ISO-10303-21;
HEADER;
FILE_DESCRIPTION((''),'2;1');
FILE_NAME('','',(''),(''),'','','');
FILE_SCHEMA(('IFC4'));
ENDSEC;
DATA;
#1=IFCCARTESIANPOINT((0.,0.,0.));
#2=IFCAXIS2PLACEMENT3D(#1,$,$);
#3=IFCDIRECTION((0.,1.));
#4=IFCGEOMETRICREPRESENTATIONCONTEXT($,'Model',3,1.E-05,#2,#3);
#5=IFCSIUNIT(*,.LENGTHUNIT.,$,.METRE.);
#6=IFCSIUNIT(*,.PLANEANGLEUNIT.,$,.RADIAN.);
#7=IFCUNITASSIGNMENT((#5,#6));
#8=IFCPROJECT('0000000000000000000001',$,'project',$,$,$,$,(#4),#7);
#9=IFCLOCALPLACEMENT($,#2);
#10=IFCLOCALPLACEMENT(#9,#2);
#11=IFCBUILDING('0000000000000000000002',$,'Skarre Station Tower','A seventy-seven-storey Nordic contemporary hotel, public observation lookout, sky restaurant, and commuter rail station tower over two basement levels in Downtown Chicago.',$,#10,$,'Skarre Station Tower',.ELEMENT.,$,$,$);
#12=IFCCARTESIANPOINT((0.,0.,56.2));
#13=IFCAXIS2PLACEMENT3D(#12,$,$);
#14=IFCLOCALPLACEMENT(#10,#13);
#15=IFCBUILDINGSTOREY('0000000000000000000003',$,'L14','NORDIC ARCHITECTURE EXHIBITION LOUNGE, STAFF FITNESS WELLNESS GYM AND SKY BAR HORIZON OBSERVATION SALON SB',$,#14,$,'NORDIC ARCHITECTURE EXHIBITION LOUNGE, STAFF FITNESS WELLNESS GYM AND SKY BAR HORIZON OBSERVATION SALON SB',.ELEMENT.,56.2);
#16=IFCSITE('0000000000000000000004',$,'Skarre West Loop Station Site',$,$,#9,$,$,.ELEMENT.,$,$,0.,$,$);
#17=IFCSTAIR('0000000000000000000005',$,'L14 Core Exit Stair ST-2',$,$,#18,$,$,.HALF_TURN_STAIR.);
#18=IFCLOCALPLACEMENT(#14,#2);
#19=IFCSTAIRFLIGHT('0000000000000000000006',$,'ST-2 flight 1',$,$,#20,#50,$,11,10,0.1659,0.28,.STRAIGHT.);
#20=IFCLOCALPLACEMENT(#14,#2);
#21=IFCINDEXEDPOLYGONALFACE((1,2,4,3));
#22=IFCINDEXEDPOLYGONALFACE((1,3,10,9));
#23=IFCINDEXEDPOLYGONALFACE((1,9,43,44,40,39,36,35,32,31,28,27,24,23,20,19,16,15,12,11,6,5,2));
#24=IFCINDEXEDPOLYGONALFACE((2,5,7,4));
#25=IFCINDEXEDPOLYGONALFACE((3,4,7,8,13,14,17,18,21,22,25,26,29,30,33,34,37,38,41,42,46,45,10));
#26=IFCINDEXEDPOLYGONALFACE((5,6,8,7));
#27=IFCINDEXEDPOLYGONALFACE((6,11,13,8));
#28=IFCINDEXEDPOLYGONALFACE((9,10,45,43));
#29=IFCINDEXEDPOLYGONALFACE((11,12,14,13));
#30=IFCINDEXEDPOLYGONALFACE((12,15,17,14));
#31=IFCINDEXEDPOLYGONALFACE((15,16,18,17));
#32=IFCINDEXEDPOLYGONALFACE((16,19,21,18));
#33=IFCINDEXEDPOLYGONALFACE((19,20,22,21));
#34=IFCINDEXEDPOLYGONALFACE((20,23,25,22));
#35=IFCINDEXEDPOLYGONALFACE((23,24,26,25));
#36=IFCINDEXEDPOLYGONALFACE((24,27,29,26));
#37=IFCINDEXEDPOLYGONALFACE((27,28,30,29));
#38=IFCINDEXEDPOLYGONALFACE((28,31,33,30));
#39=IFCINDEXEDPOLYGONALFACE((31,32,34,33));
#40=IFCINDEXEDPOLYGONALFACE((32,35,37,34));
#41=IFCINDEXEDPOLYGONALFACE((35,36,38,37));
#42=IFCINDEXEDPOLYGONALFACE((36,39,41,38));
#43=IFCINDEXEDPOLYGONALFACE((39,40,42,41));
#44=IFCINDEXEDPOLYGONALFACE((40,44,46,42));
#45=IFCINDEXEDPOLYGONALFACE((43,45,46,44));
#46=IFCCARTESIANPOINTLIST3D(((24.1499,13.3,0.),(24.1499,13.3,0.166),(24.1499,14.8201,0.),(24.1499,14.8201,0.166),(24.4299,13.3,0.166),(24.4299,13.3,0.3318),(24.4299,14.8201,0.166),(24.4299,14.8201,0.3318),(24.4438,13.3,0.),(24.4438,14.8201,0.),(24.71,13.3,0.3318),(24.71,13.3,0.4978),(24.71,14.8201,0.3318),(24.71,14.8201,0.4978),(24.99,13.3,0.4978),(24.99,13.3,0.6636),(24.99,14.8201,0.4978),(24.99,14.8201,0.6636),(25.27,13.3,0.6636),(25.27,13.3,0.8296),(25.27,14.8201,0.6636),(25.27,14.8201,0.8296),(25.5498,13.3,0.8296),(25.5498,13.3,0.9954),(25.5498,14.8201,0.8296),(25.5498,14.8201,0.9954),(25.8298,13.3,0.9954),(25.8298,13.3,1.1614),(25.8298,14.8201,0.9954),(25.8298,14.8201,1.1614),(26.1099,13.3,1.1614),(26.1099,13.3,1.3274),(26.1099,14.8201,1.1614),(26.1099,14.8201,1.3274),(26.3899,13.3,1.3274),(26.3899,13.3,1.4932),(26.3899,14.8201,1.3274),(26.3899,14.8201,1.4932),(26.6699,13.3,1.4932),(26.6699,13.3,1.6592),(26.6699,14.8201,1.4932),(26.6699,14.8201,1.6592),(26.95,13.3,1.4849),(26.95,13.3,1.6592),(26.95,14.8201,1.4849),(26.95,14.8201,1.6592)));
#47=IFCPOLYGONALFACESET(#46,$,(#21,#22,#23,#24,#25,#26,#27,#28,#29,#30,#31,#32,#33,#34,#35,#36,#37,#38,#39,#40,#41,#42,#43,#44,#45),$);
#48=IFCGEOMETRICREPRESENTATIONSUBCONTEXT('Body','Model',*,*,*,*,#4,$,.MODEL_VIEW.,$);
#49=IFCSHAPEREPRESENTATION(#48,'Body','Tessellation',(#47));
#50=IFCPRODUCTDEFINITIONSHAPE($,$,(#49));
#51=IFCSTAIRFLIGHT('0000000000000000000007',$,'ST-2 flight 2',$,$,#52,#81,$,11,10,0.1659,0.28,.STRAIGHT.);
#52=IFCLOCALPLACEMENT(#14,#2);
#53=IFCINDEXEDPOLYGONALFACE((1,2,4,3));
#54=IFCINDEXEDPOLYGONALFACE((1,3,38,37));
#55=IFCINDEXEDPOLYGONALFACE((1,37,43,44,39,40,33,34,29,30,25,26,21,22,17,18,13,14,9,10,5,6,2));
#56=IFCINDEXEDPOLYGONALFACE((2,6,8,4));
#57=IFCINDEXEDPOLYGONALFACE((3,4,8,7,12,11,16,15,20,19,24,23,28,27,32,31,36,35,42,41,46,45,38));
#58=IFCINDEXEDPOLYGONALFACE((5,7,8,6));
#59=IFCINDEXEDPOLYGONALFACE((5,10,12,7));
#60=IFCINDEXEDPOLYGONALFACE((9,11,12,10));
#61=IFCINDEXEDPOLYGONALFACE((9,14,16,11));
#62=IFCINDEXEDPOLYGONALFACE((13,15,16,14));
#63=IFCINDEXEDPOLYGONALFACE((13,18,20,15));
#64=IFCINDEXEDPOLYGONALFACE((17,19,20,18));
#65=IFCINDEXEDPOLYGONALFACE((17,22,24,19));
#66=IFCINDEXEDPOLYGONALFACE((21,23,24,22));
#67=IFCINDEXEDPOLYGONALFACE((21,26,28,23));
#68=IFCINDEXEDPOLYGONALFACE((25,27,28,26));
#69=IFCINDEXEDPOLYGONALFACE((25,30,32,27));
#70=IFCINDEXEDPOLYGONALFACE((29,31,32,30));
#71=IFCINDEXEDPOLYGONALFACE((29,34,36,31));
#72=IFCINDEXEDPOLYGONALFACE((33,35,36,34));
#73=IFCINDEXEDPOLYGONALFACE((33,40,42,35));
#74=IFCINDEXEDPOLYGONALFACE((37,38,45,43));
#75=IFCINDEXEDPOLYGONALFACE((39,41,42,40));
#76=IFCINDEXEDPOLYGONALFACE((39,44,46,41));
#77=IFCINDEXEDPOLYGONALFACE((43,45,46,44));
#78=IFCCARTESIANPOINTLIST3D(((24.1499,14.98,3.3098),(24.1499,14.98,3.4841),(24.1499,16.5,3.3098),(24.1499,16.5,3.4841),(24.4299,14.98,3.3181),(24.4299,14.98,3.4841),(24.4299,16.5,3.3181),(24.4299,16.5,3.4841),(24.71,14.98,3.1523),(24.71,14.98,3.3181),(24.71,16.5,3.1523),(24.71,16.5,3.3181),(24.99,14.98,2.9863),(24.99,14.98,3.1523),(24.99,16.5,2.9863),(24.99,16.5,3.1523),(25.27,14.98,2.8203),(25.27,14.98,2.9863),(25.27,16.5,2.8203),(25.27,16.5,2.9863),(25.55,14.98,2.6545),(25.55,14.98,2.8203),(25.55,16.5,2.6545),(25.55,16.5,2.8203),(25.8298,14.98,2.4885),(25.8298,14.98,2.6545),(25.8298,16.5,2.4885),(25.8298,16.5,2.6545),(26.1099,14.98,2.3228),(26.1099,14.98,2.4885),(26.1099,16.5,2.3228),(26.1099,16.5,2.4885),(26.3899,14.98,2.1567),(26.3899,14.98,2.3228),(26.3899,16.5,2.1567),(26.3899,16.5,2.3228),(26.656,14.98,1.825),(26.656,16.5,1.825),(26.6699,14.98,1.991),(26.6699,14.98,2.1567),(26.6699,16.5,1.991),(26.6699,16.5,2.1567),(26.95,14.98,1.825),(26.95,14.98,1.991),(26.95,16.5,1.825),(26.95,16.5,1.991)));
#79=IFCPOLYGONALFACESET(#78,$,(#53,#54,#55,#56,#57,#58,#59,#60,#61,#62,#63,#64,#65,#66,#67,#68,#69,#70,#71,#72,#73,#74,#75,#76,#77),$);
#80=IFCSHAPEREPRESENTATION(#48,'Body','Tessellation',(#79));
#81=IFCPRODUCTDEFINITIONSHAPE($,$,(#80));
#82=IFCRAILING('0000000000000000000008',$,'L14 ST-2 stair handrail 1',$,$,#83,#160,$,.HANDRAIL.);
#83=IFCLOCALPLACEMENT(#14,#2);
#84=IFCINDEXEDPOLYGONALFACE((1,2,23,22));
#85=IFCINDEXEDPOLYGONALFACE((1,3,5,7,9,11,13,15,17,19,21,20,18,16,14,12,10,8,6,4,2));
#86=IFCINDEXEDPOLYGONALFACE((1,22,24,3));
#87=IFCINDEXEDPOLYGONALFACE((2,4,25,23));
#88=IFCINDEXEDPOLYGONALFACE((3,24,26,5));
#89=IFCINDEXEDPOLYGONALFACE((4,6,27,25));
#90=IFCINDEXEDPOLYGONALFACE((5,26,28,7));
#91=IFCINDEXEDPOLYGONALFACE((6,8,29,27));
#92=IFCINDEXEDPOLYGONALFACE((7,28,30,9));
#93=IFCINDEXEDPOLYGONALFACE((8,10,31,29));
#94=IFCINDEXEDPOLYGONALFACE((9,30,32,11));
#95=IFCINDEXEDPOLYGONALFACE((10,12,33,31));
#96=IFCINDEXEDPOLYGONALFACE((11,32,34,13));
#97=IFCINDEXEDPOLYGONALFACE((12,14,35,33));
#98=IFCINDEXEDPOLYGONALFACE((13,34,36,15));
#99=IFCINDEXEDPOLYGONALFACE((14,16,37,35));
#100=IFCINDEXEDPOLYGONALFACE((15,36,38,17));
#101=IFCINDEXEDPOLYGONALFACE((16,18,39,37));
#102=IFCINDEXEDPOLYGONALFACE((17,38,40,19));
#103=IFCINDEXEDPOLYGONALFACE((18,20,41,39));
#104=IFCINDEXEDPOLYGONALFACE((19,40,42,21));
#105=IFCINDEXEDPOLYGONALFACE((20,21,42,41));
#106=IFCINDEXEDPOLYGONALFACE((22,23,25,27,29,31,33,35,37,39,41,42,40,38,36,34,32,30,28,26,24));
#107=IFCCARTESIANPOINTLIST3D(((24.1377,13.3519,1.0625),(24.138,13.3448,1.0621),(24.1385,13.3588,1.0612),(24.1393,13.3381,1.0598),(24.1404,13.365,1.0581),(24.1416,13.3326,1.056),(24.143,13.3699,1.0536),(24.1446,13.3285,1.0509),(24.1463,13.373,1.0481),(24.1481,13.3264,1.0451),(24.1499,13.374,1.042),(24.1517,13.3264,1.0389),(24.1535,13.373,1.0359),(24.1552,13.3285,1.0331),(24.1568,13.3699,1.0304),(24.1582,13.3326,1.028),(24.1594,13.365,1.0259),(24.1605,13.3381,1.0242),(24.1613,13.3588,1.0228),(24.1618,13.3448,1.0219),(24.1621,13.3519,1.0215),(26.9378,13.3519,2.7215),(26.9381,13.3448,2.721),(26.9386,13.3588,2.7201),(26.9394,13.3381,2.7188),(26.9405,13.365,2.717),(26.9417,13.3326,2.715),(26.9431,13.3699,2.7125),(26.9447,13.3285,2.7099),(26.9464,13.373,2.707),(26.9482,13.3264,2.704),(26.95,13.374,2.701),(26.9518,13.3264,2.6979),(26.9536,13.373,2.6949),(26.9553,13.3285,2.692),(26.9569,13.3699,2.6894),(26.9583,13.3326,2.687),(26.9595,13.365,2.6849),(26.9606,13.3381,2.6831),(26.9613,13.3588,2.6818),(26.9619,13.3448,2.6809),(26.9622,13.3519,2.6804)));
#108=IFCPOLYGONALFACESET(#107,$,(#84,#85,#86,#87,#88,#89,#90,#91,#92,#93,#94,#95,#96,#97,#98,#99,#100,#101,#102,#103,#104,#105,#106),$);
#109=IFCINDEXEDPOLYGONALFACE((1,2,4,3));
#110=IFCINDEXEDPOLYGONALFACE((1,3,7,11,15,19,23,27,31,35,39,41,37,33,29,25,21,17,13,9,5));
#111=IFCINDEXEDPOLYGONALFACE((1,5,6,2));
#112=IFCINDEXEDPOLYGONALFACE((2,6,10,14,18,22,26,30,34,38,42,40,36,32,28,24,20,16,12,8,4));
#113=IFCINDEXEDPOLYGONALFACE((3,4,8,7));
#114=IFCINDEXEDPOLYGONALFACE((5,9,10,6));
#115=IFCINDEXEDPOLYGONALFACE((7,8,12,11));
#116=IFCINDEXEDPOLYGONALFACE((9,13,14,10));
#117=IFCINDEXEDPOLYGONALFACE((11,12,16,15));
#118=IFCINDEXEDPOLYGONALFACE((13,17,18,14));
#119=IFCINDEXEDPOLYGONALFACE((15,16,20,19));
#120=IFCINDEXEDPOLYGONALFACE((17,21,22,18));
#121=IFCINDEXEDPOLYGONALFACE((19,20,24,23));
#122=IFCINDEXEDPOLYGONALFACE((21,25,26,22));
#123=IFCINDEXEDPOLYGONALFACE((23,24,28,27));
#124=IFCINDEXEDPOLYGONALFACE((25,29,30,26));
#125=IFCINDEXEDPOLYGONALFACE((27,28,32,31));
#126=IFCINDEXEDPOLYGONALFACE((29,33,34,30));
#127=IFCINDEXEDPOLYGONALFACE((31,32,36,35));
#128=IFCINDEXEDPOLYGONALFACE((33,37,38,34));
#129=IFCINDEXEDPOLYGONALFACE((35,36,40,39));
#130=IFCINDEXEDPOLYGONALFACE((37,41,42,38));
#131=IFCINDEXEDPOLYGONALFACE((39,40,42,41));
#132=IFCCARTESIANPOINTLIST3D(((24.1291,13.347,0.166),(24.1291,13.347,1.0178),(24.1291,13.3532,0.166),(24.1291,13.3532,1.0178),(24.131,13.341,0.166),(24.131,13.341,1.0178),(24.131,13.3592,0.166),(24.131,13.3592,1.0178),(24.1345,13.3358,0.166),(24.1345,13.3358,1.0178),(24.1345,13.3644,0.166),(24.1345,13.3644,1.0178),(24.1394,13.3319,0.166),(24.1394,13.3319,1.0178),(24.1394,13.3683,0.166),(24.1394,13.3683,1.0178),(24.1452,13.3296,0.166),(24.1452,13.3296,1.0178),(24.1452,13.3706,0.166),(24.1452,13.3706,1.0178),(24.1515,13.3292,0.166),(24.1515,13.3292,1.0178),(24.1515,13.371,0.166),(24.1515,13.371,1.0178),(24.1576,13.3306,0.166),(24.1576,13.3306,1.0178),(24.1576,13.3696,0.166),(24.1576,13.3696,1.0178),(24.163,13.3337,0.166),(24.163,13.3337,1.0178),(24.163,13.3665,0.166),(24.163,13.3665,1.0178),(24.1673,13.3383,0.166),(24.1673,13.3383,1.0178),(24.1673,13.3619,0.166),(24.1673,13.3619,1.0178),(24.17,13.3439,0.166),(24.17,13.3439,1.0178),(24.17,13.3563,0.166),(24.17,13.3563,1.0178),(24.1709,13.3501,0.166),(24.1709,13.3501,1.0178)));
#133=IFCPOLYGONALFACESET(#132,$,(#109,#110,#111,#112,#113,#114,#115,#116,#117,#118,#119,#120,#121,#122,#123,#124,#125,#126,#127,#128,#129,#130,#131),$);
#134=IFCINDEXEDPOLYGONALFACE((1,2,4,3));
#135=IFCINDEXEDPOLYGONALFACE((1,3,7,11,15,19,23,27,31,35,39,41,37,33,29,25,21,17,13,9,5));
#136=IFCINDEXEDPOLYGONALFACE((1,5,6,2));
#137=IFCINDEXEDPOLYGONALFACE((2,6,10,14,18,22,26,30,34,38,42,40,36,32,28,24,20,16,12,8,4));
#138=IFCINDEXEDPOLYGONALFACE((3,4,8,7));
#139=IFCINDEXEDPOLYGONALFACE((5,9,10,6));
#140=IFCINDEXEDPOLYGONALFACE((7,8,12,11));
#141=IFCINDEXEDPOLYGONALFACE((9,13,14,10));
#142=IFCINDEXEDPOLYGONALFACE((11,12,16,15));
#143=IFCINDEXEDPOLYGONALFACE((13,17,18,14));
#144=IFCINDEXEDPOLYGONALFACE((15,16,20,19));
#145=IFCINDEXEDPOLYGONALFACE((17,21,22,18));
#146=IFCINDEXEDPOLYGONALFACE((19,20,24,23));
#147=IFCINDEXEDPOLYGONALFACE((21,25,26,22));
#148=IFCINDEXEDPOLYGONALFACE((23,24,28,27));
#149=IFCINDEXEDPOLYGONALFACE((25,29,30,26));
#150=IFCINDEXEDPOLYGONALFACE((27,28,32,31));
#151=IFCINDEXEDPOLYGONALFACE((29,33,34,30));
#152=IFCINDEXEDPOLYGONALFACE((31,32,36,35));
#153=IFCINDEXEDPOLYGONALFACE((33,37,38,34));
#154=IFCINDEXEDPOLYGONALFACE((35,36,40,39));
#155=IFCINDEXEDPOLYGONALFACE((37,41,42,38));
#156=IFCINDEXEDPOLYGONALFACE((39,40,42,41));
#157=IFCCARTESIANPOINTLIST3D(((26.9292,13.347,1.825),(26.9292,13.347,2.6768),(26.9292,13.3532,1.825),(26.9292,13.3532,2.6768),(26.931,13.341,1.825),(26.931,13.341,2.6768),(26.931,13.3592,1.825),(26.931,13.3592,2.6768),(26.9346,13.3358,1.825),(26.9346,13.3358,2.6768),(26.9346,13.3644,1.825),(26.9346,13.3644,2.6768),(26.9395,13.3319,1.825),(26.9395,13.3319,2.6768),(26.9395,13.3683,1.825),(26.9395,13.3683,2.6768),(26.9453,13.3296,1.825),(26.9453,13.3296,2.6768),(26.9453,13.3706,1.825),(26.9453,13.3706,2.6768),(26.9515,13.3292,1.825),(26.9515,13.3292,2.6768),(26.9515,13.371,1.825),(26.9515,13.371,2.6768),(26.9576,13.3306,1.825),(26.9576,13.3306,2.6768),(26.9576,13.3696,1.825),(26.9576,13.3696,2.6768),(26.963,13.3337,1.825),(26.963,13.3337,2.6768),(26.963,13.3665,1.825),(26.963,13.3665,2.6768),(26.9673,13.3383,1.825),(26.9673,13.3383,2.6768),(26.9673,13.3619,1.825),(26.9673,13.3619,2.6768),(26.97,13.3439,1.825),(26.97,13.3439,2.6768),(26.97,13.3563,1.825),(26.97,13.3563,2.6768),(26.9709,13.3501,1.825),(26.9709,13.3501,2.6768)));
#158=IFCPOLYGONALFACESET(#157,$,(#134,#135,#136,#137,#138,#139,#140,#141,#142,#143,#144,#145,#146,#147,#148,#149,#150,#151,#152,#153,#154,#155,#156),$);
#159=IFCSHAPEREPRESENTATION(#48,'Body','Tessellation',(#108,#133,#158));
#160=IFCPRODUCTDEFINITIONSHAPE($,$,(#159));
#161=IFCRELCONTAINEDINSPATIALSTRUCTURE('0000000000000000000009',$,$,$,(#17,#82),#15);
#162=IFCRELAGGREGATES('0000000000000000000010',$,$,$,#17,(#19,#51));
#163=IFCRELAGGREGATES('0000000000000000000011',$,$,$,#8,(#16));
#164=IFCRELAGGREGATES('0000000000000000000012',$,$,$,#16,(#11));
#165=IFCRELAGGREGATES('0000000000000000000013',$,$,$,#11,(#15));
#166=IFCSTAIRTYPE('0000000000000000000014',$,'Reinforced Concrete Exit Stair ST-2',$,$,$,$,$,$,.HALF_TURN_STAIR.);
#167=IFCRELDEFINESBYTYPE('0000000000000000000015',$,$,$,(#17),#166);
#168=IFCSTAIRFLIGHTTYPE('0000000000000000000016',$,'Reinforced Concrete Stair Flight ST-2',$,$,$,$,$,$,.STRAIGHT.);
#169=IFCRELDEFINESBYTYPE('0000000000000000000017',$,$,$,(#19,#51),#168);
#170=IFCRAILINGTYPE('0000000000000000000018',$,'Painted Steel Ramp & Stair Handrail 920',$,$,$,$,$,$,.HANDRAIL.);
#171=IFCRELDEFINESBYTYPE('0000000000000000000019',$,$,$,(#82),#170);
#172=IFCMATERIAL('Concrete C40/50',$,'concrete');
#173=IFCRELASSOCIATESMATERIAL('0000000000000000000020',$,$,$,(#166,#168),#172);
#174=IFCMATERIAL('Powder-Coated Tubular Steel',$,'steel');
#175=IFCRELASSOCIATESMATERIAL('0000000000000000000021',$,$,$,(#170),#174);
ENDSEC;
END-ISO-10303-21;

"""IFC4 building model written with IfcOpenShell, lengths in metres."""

from ifc_helpers import new_model, si_unit, direction, frame, origin, origin_2d, place, context, subcontext, project, spatial, polyline, circle, outline, extrude, material, type_object, element, aggregate, save


model = new_model("IFC4")

# Units and contexts
model_context = context("Model", 3, precision=1e-05, world=origin(), true_north=direction((0.0, 1.0)))
body_context = subcontext(model_context, "Body", "Model", "MODEL_VIEW")
ifc_project = project(units=[si_unit("LENGTHUNIT", "METRE"), si_unit("PLANEANGLEUNIT", "RADIAN")], contexts=[model_context])

# Site, building, storey
site_placement = place(None, origin())
site = spatial("IfcSite", under=ifc_project, at=site_placement, Name="Skarre West Loop Station Site", CompositionType="ELEMENT", RefElevation=0.0)
building_placement = place(site_placement, origin())
building = spatial("IfcBuilding", under=site, at=building_placement, Name="Skarre Station Tower", Description="A seventy-seven-storey Nordic contemporary hotel, public observation lookout, sky restaurant, and commuter rail station tower over two basement levels in Downtown Chicago.", LongName="Skarre Station Tower", CompositionType="ELEMENT")
storey_placement = place(building_placement, frame((0.0, 0.0, 56.2)))
storey = spatial("IfcBuildingStorey", under=building, at=storey_placement, Name="L14", Description="NORDIC ARCHITECTURE EXHIBITION LOUNGE, STAFF FITNESS WELLNESS GYM AND SKY BAR HORIZON OBSERVATION SALON SB", LongName="NORDIC ARCHITECTURE EXHIBITION LOUNGE, STAFF FITNESS WELLNESS GYM AND SKY BAR HORIZON OBSERVATION SALON SB", CompositionType="ELEMENT", Elevation=56.2)

# Stair, stair flights
ifc_material_1 = material(Name="Concrete C40/50", Category="concrete")
stair_type = type_object("IfcStairType", Name="Reinforced Concrete Exit Stair ST-2", PredefinedType="HALF_TURN_STAIR", material=ifc_material_1)
stair_placement = place(storey_placement, origin())
stair = element("IfcStair", 1, at=stair_placement, inside=storey, type_object=stair_type, Name="L14 Core Exit Stair ST-2", PredefinedType="HALF_TURN_STAIR")
stair_flight_type = type_object("IfcStairFlightType", Name="Reinforced Concrete Stair Flight ST-2", PredefinedType="STRAIGHT", material=ifc_material_1)
stair_flight_1_placement = place(storey_placement, frame((24.1499, 14.0601, 0.0), z_axis=(0.0, 0.0, 1.0), x_axis=(1.0, 0.0, 0.0)))
stair_flight_1 = element("IfcStairFlight", 2, at=stair_flight_1_placement, type_object=stair_flight_type, Name="ST-2 flight 1", NumberOfRisers=11, NumberOfTreads=10, PredefinedType="STRAIGHT", RiserHeight=0.1659, TreadLength=0.28, context=body_context, shape_type="SweptSolid", body=[
    extrude(outline(polyline([(0.0, 0.0), (0.0, 0.166), (0.28, 0.166), (0.28, 0.3318), (0.5601, 0.3318), (0.5601, 0.4978), (0.8401, 0.4978), (0.8401, 0.6636), (1.1201, 0.6636), (1.1201, 0.8296), (1.3999, 0.8296), (1.3999, 0.9954), (1.6799, 0.9954), (1.6799, 1.1614), (1.96, 1.1614), (1.96, 1.3274), (2.24, 1.3274), (2.24, 1.4932), (2.52, 1.4932), (2.52, 1.6592), (2.8, 1.6592), (2.8, 1.825), (2.8, 1.4849), (0.2939, 0.0), (0.0, 0.0)])), frame((0.0, 0.76, 0.0), z_axis=(0.0, -1.0, 0.0), x_axis=(1.0, 0.0, 0.0)), (0.0, 0.0, 1.0), 1.52),
])
stair_flight_2_placement = place(storey_placement, frame((26.95, 15.74, 1.825), z_axis=(0.0, 0.0, 1.0), x_axis=(-1.0, 0.0, 0.0)))
stair_flight_2 = element("IfcStairFlight", 3, at=stair_flight_2_placement, type_object=stair_flight_type, Name="ST-2 flight 2", NumberOfRisers=11, NumberOfTreads=10, PredefinedType="STRAIGHT", RiserHeight=0.1659, TreadLength=0.28, context=body_context, shape_type="SweptSolid", body=[
    extrude(outline(polyline([(0.0, 0.0), (0.0, 0.166), (0.28, 0.166), (0.28, 0.3318), (0.5601, 0.3318), (0.5601, 0.4978), (0.8401, 0.4978), (0.8401, 0.6636), (1.1201, 0.6636), (1.1201, 0.8296), (1.3999, 0.8296), (1.3999, 0.9954), (1.6799, 0.9954), (1.6799, 1.1614), (1.96, 1.1614), (1.96, 1.3274), (2.24, 1.3274), (2.24, 1.4932), (2.52, 1.4932), (2.52, 1.6592), (2.8, 1.6592), (2.8, 1.825), (2.8, 1.4849), (0.2939, 0.0), (0.0, 0.0)])), frame((0.0, 0.76, 0.0), z_axis=(0.0, -1.0, 0.0), x_axis=(1.0, 0.0, 0.0)), (0.0, 0.0, 1.0), 1.52),
])
aggregate(stair, [stair_flight_1, stair_flight_2])

# Railing
ifc_material_2 = material(Name="Powder-Coated Tubular Steel", Category="steel")
railing_type_1 = type_object("IfcRailingType", Name="Painted Steel Ramp & Stair Handrail 920", PredefinedType="HANDRAIL", material=ifc_material_2)
railing_1_placement = place(storey_placement, frame((24.1499, 13.3501, 0.166)))
element("IfcRailing", 4, at=railing_1_placement, inside=storey, type_object=railing_type_1, Name="L14 ST-2 stair handrail 1", PredefinedType="HANDRAIL", context=body_context, shape_type="SweptSolid", body=[
    extrude(circle(Radius=0.0239, at=origin_2d()), frame((0.0, 0.0, 0.876), z_axis=(0.860339, 0.0, 0.509722), x_axis=(0.0, 1.0, 0.0)), (0.0, 0.0, 1.0), 3.2546),
    extrude(circle(Radius=0.021, at=origin_2d()), origin(), (0.0, 0.0, 1.0), 0.8518),
    extrude(circle(Radius=0.021, at=origin_2d()), frame((2.8, 0.0, 1.6589)), (0.0, 0.0, 1.0), 0.8518),
])

save(model, "model.ifc")
